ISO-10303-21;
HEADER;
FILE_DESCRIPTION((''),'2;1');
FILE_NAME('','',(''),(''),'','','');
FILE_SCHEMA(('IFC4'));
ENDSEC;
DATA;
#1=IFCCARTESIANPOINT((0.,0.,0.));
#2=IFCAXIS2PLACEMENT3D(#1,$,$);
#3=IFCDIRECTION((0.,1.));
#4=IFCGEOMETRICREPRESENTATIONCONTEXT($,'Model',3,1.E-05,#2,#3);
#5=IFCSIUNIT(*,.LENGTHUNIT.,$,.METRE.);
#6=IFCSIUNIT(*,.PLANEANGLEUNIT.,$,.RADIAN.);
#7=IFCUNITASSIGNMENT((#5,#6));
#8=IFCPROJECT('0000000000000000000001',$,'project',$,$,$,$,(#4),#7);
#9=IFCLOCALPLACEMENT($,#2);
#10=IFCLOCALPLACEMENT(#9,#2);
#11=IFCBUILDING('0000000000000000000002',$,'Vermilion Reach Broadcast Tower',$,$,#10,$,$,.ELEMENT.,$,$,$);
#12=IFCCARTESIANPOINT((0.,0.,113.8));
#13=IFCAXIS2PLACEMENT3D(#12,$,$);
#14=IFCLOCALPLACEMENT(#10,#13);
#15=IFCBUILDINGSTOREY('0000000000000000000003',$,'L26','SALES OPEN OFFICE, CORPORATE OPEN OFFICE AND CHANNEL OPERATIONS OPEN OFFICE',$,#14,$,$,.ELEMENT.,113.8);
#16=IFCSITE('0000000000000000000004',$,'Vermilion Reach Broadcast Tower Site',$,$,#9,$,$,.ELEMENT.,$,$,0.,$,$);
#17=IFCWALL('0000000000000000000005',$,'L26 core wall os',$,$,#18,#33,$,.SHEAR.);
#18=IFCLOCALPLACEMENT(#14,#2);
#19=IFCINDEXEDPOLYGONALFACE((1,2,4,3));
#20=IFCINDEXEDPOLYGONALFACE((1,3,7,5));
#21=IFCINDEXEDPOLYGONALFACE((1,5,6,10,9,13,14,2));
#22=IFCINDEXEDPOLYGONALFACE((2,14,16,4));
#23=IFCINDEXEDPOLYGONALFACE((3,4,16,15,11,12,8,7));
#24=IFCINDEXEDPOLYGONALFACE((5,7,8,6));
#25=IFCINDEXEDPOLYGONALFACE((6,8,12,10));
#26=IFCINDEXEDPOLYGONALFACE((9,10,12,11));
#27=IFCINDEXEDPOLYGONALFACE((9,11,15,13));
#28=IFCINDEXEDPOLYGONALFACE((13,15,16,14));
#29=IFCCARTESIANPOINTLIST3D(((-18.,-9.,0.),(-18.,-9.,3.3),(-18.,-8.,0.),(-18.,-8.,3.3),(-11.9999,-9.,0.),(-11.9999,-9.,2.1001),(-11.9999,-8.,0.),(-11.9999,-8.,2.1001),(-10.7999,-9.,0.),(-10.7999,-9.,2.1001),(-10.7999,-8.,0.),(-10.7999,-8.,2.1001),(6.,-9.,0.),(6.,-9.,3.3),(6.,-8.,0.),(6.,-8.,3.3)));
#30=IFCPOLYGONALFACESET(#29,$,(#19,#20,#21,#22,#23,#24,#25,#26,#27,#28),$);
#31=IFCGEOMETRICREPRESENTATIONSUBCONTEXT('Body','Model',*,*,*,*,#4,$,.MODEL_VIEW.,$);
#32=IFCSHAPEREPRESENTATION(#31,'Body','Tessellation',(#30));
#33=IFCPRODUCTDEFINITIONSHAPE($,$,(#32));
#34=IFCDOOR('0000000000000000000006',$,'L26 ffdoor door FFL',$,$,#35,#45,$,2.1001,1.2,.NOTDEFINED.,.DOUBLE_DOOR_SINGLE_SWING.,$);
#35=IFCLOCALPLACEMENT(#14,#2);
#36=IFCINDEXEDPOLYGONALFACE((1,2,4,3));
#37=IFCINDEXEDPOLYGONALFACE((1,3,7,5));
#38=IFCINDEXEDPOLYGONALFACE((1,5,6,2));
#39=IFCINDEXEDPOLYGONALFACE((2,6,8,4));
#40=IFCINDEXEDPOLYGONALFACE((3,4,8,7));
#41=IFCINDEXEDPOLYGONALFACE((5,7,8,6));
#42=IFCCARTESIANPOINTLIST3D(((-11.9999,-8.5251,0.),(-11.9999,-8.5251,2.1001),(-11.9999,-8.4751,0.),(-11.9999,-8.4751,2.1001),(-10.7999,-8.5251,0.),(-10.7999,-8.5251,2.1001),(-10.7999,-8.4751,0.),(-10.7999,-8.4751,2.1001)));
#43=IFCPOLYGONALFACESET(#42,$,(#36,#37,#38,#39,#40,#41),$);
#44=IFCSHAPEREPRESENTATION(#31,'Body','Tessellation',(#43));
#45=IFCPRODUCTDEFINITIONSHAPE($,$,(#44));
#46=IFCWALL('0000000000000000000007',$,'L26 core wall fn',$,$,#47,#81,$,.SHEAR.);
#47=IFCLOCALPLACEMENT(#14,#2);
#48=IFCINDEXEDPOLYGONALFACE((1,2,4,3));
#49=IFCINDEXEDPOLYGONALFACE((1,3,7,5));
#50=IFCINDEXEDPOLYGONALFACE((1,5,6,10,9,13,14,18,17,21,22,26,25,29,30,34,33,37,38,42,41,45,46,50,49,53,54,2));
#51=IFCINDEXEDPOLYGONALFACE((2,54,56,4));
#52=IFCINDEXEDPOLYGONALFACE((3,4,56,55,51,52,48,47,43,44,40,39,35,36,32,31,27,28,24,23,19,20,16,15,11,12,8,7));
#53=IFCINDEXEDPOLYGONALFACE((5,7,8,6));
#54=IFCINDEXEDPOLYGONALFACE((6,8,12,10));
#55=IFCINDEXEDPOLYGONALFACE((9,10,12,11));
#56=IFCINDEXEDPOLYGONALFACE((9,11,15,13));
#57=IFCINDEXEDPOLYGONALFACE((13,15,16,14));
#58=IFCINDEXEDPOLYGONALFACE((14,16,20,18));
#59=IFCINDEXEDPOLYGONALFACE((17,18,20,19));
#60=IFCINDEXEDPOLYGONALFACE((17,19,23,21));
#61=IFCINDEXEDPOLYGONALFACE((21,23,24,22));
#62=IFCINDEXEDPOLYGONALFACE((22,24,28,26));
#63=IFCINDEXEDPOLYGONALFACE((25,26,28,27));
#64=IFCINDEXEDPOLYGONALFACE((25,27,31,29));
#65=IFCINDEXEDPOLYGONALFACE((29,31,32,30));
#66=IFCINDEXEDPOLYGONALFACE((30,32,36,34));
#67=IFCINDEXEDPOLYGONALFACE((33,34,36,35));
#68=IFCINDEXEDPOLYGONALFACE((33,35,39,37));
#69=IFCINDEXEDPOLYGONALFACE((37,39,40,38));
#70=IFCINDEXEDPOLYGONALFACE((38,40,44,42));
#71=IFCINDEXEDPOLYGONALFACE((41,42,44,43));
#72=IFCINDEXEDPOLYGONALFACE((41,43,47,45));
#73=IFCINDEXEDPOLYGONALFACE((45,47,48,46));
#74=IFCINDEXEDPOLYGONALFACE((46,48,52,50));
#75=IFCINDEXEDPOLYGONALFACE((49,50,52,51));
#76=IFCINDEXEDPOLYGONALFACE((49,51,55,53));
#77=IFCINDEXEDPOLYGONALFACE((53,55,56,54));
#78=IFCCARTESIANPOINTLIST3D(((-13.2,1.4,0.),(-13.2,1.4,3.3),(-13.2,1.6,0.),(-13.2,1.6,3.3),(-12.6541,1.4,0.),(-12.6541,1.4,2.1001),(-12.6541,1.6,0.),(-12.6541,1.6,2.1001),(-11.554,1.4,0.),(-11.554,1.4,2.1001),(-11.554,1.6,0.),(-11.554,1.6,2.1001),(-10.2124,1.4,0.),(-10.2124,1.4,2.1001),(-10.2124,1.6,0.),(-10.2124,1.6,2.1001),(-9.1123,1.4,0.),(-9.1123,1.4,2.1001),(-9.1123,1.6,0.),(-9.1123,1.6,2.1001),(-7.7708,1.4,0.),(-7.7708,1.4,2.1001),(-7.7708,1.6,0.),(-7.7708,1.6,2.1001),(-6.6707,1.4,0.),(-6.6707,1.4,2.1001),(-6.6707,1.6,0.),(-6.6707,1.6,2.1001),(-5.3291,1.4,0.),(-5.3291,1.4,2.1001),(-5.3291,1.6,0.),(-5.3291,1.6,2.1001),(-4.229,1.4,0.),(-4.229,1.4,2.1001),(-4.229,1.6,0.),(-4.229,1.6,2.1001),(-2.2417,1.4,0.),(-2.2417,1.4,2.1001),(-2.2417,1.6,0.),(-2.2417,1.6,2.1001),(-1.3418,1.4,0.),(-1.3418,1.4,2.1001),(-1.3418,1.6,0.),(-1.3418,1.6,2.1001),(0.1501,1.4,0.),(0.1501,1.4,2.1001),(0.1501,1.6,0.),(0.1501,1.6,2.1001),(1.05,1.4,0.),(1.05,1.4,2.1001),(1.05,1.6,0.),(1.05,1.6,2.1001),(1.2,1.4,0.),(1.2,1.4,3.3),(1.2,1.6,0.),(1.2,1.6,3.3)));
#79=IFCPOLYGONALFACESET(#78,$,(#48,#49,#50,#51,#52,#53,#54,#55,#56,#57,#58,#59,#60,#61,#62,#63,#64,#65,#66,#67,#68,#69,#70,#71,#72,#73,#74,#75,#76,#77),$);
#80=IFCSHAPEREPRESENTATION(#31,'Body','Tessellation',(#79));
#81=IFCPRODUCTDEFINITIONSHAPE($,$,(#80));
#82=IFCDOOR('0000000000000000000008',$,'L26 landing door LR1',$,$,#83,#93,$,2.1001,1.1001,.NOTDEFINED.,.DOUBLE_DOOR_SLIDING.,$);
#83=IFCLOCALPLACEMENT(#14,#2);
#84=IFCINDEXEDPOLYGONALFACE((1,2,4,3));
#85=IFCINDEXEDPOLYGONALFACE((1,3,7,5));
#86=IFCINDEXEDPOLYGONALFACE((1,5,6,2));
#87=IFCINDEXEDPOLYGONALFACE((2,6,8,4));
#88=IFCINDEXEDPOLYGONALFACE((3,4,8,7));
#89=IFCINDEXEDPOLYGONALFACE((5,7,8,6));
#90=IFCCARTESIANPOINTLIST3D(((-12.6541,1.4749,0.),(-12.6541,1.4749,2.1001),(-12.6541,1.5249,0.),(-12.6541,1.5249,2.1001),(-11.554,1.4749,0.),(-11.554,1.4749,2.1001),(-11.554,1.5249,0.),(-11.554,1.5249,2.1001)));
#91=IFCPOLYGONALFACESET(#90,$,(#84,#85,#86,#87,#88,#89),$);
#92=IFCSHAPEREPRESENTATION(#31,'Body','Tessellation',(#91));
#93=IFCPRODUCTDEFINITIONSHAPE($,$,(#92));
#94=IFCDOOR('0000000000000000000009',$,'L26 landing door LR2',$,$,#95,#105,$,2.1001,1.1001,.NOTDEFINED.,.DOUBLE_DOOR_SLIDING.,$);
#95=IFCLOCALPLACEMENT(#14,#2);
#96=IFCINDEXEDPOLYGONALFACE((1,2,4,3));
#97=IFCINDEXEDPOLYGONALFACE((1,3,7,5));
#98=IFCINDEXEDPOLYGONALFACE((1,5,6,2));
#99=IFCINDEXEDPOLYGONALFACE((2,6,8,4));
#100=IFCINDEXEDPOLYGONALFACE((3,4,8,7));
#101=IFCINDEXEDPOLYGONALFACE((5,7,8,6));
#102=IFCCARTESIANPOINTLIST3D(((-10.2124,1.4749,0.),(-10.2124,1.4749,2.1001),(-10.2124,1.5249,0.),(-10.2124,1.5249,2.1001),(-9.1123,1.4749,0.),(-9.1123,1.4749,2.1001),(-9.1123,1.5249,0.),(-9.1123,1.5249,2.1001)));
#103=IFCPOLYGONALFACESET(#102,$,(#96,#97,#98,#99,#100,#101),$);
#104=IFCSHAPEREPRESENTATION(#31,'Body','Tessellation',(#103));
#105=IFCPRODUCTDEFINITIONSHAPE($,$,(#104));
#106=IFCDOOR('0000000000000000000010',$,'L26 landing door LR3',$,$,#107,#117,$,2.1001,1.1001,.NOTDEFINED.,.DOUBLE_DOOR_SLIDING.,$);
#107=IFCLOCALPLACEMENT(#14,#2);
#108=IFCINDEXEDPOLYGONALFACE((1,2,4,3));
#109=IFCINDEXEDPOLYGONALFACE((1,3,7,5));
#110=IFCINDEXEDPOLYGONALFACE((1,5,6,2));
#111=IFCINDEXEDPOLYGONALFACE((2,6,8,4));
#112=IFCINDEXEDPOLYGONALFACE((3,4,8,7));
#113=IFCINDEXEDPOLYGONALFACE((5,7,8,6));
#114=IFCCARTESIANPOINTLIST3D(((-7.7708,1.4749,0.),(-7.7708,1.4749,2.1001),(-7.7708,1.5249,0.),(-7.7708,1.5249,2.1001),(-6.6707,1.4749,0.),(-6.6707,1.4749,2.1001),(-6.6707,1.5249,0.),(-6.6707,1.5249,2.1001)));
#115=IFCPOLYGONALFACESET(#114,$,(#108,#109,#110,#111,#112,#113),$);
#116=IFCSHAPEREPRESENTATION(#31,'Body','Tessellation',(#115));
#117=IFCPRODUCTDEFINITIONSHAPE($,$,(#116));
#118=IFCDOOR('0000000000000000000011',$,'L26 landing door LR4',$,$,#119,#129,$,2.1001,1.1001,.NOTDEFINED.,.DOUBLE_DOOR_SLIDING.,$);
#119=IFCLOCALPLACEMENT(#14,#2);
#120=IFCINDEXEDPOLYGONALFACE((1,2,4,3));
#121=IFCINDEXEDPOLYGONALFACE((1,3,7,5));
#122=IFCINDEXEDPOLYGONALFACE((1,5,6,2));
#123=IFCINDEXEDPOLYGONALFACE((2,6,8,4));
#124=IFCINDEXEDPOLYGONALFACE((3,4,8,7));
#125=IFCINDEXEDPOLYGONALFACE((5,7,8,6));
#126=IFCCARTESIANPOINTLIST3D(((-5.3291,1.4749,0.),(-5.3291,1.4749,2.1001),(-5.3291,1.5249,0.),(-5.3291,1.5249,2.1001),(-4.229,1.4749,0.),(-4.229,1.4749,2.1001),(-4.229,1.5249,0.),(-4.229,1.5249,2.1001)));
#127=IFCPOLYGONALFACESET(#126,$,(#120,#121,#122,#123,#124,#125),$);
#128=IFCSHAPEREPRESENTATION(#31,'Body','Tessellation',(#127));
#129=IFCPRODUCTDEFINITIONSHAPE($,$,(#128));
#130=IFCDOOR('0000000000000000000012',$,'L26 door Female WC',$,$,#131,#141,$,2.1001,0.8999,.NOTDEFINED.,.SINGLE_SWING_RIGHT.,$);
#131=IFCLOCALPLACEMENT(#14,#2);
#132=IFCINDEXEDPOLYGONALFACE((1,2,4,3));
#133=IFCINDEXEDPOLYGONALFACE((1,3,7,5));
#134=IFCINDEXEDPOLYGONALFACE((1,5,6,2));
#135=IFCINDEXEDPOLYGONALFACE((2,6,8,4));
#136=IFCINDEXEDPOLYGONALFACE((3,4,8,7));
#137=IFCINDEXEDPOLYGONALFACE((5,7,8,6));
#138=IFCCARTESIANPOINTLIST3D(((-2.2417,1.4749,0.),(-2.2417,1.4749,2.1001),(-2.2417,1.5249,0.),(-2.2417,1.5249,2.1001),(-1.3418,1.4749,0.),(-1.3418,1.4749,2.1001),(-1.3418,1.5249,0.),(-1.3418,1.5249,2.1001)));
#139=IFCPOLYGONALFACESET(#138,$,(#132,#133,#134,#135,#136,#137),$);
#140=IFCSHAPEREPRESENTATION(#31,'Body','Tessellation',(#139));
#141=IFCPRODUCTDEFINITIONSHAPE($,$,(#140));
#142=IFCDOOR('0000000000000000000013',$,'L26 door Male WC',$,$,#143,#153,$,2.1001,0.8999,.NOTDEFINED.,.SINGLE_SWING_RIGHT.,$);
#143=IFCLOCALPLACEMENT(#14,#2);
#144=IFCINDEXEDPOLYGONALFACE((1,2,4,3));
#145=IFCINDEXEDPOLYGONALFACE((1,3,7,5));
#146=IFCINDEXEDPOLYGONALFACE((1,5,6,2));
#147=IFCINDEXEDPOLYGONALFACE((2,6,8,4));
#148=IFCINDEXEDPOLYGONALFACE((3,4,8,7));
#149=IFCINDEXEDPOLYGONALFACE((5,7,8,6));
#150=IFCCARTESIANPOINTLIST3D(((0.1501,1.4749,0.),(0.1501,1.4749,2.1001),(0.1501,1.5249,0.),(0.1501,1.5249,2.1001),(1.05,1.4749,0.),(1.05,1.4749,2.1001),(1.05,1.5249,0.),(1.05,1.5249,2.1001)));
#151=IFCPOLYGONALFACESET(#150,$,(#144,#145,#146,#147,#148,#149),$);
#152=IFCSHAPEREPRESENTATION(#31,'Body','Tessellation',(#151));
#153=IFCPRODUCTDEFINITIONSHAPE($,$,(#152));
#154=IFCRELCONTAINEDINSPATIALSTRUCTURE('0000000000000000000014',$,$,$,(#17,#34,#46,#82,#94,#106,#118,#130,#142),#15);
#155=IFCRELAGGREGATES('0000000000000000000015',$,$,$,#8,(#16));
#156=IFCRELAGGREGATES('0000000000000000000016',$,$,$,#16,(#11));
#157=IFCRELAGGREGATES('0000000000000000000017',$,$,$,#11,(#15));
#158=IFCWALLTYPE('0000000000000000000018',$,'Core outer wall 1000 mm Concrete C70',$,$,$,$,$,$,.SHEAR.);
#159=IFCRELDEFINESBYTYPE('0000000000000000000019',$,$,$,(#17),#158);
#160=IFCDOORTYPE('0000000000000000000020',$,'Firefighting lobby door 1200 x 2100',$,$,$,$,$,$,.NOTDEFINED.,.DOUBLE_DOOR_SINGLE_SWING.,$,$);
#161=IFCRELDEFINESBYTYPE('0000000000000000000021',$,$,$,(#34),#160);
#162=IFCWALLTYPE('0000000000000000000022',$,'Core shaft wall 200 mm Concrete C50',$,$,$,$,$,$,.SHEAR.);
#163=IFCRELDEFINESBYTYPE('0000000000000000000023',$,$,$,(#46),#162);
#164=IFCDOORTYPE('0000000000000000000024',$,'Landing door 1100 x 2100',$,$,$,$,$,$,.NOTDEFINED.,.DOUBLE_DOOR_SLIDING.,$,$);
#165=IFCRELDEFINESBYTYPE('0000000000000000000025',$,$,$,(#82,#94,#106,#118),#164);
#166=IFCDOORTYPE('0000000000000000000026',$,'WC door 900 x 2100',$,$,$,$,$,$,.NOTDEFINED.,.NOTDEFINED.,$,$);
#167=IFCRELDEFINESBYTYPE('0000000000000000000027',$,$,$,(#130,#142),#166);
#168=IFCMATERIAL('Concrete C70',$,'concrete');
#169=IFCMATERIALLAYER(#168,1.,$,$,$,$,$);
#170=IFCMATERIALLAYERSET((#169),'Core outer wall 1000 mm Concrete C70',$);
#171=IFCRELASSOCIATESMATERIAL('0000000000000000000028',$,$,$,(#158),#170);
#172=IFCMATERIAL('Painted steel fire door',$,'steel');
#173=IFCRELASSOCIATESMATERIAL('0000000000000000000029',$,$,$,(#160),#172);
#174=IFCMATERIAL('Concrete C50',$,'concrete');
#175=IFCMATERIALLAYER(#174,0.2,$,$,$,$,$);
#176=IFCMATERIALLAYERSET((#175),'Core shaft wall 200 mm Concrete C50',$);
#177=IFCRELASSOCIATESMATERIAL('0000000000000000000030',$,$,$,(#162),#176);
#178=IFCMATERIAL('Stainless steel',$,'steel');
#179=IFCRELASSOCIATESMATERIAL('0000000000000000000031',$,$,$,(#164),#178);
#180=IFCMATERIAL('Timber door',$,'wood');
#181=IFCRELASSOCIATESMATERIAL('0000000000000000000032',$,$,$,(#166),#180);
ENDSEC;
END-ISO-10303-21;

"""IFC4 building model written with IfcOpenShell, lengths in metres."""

from ifc_helpers import new_model, si_unit, direction, frame, frame_2d, origin, place, context, subcontext, project, spatial, rectangle, extrude, material, layer, layer_set, type_object, element, fill, save


model = new_model("IFC4")

# Units and contexts
model_context = context("Model", 3, precision=1e-05, world=origin(), true_north=direction((0.0, 1.0)))
body_context = subcontext(model_context, "Body", "Model", "MODEL_VIEW")
ifc_project = project(units=[si_unit("LENGTHUNIT", "METRE"), si_unit("PLANEANGLEUNIT", "RADIAN")], contexts=[model_context])

# Site, building, storey
site_placement = place(None, origin())
site = spatial("IfcSite", under=ifc_project, at=site_placement, Name="Vermilion Reach Broadcast Tower Site", CompositionType="ELEMENT", RefElevation=0.0)
building_placement = place(site_placement, origin())
building = spatial("IfcBuilding", under=site, at=building_placement, Name="Vermilion Reach Broadcast Tower", CompositionType="ELEMENT")
storey_placement = place(building_placement, frame((0.0, 0.0, 113.8)))
storey = spatial("IfcBuildingStorey", under=building, at=storey_placement, Name="L26", Description="SALES OPEN OFFICE, CORPORATE OPEN OFFICE AND CHANNEL OPERATIONS OPEN OFFICE", CompositionType="ELEMENT", Elevation=113.8)

# Wall, opening, door
ifc_material_1 = material(Name="Concrete C70", Category="concrete")
ifc_layer_1 = layer(ifc_material_1, 1.0)
ifc_layer_set_1 = layer_set([ifc_layer_1], Name="Core outer wall 1000 mm Concrete C70")
wall_type_1 = type_object("IfcWallType", Name="Core outer wall 1000 mm Concrete C70", PredefinedType="SHEAR", material=ifc_layer_set_1)
wall_1_placement = place(storey_placement, frame((-18.0, -8.5, 0.0), z_axis=(0.0, 0.0, 1.0), x_axis=(1.0, 0.0, 0.0)))
wall_1 = element("IfcWall", 1, at=wall_1_placement, inside=storey, type_object=wall_type_1, Name="L26 core wall os", PredefinedType="SHEAR", context=body_context, shape_type="SweptSolid", body=[
    extrude(rectangle(XDim=24.0, YDim=1.0, at=frame_2d((12.0, 0.0))), origin(), (0.0, 0.0, 1.0), 3.3),
])
opening_1_placement = place(wall_1_placement, frame((6.0, 0.0, 0.0)))
opening_1 = element("IfcOpeningElement", 2, at=opening_1_placement, cuts=wall_1, PredefinedType="OPENING", context=body_context, shape_type="SweptSolid", body=[
    extrude(rectangle(XDim=1.2, YDim=2.1001, at=frame_2d((0.6001, 1.05))), frame((0.0, 0.51, 0.0), z_axis=(0.0, -1.0, 0.0), x_axis=(1.0, 0.0, 0.0)), (0.0, 0.0, 1.0), 1.02),
])
ifc_material_2 = material(Name="Painted steel fire door", Category="steel")
door_type_1 = type_object("IfcDoorType", Name="Firefighting lobby door 1200 x 2100", OperationType="DOUBLE_DOOR_SINGLE_SWING", PredefinedType="NOTDEFINED", material=ifc_material_2)
door_1_placement = place(opening_1_placement, origin())
door_1 = element("IfcDoor", 3, at=door_1_placement, inside=storey, type_object=door_type_1, Name="L26 ffdoor door FFL", OperationType="DOUBLE_DOOR_SINGLE_SWING", OverallHeight=2.1001, OverallWidth=1.2, PredefinedType="NOTDEFINED", context=body_context, shape_type="SweptSolid", body=[
    extrude(rectangle(XDim=1.2, YDim=2.1001, at=frame_2d((0.6001, 1.05))), frame((0.0, 0.0249, 0.0), z_axis=(0.0, -1.0, 0.0), x_axis=(1.0, 0.0, 0.0)), (0.0, 0.0, 1.0), 0.05),
])
fill(opening_1, door_1)

# Wall, openings, doors
ifc_material_3 = material(Name="Concrete C50", Category="concrete")
ifc_layer_2 = layer(ifc_material_3, 0.2)
ifc_layer_set_2 = layer_set([ifc_layer_2], Name="Core shaft wall 200 mm Concrete C50")
wall_type_2 = type_object("IfcWallType", Name="Core shaft wall 200 mm Concrete C50", PredefinedType="SHEAR", material=ifc_layer_set_2)
wall_2_placement = place(storey_placement, frame((-13.2, 1.5, 0.0), z_axis=(0.0, 0.0, 1.0), x_axis=(1.0, 0.0, 0.0)))
wall_2 = element("IfcWall", 4, at=wall_2_placement, inside=storey, type_object=wall_type_2, Name="L26 core wall fn", PredefinedType="SHEAR", context=body_context, shape_type="SweptSolid", body=[
    extrude(rectangle(XDim=14.3999, YDim=0.2, at=frame_2d((7.2, 0.0))), origin(), (0.0, 0.0, 1.0), 3.3),
])
opening_2_placement = place(wall_2_placement, frame((0.5459, 0.0, 0.0)))
opening_2 = element("IfcOpeningElement", 5, at=opening_2_placement, cuts=wall_2, PredefinedType="OPENING", context=body_context, shape_type="SweptSolid", body=[
    extrude(rectangle(XDim=1.1001, YDim=2.1001, at=frame_2d((0.55, 1.05))), frame((0.0, 0.1099, 0.0), z_axis=(0.0, -1.0, 0.0), x_axis=(1.0, 0.0, 0.0)), (0.0, 0.0, 1.0), 0.22),
])
opening_3_placement = place(wall_2_placement, frame((2.9875, 0.0, 0.0)))
opening_3 = element("IfcOpeningElement", 6, at=opening_3_placement, cuts=wall_2, PredefinedType="OPENING", context=body_context, shape_type="SweptSolid", body=[
    extrude(rectangle(XDim=1.1001, YDim=2.1001, at=frame_2d((0.55, 1.05))), frame((0.0, 0.1099, 0.0), z_axis=(0.0, -1.0, 0.0), x_axis=(1.0, 0.0, 0.0)), (0.0, 0.0, 1.0), 0.22),
])
opening_4_placement = place(wall_2_placement, frame((5.4292, 0.0, 0.0)))
opening_4 = element("IfcOpeningElement", 7, at=opening_4_placement, cuts=wall_2, PredefinedType="OPENING", context=body_context, shape_type="SweptSolid", body=[
    extrude(rectangle(XDim=1.1001, YDim=2.1001, at=frame_2d((0.55, 1.05))), frame((0.0, 0.1099, 0.0), z_axis=(0.0, -1.0, 0.0), x_axis=(1.0, 0.0, 0.0)), (0.0, 0.0, 1.0), 0.22),
])
opening_5_placement = place(wall_2_placement, frame((7.8708, 0.0, 0.0)))
opening_5 = element("IfcOpeningElement", 8, at=opening_5_placement, cuts=wall_2, PredefinedType="OPENING", context=body_context, shape_type="SweptSolid", body=[
    extrude(rectangle(XDim=1.1001, YDim=2.1001, at=frame_2d((0.55, 1.05))), frame((0.0, 0.1099, 0.0), z_axis=(0.0, -1.0, 0.0), x_axis=(1.0, 0.0, 0.0)), (0.0, 0.0, 1.0), 0.22),
])
opening_6_placement = place(wall_2_placement, frame((10.9583, 0.0, 0.0)))
opening_6 = element("IfcOpeningElement", 9, at=opening_6_placement, cuts=wall_2, PredefinedType="OPENING", context=body_context, shape_type="SweptSolid", body=[
    extrude(rectangle(XDim=0.8999, YDim=2.1001, at=frame_2d((0.45, 1.05))), frame((0.0, 0.1099, 0.0), z_axis=(0.0, -1.0, 0.0), x_axis=(1.0, 0.0, 0.0)), (0.0, 0.0, 1.0), 0.22),
])
opening_7_placement = place(wall_2_placement, frame((13.3501, 0.0, 0.0)))
opening_7 = element("IfcOpeningElement", 10, at=opening_7_placement, cuts=wall_2, PredefinedType="OPENING", context=body_context, shape_type="SweptSolid", body=[
    extrude(rectangle(XDim=0.8999, YDim=2.1001, at=frame_2d((0.45, 1.05))), frame((0.0, 0.1099, 0.0), z_axis=(0.0, -1.0, 0.0), x_axis=(1.0, 0.0, 0.0)), (0.0, 0.0, 1.0), 0.22),
])
ifc_material_4 = material(Name="Stainless steel", Category="steel")
door_type_2 = type_object("IfcDoorType", Name="Landing door 1100 x 2100", OperationType="DOUBLE_DOOR_SLIDING", PredefinedType="NOTDEFINED", material=ifc_material_4)
door_2_placement = place(opening_2_placement, origin())
door_2 = element("IfcDoor", 11, at=door_2_placement, inside=storey, type_object=door_type_2, Name="L26 landing door LR1", OperationType="DOUBLE_DOOR_SLIDING", OverallHeight=2.1001, OverallWidth=1.1001, PredefinedType="NOTDEFINED", context=body_context, shape_type="SweptSolid", body=[
    extrude(rectangle(XDim=1.1001, YDim=2.1001, at=frame_2d((0.55, 1.05))), frame((0.0, 0.0249, 0.0), z_axis=(0.0, -1.0, 0.0), x_axis=(1.0, 0.0, 0.0)), (0.0, 0.0, 1.0), 0.05),
])
fill(opening_2, door_2)
door_3_placement = place(opening_3_placement, origin())
door_3 = element("IfcDoor", 12, at=door_3_placement, inside=storey, type_object=door_type_2, Name="L26 landing door LR2", OperationType="DOUBLE_DOOR_SLIDING", OverallHeight=2.1001, OverallWidth=1.1001, PredefinedType="NOTDEFINED", context=body_context, shape_type="SweptSolid", body=[
    extrude(rectangle(XDim=1.1001, YDim=2.1001, at=frame_2d((0.55, 1.05))), frame((0.0, 0.0249, 0.0), z_axis=(0.0, -1.0, 0.0), x_axis=(1.0, 0.0, 0.0)), (0.0, 0.0, 1.0), 0.05),
])
fill(opening_3, door_3)
door_4_placement = place(opening_4_placement, origin())
door_4 = element("IfcDoor", 13, at=door_4_placement, inside=storey, type_object=door_type_2, Name="L26 landing door LR3", OperationType="DOUBLE_DOOR_SLIDING", OverallHeight=2.1001, OverallWidth=1.1001, PredefinedType="NOTDEFINED", context=body_context, shape_type="SweptSolid", body=[
    extrude(rectangle(XDim=1.1001, YDim=2.1001, at=frame_2d((0.55, 1.05))), frame((0.0, 0.0249, 0.0), z_axis=(0.0, -1.0, 0.0), x_axis=(1.0, 0.0, 0.0)), (0.0, 0.0, 1.0), 0.05),
])
fill(opening_4, door_4)
door_5_placement = place(opening_5_placement, origin())
door_5 = element("IfcDoor", 14, at=door_5_placement, inside=storey, type_object=door_type_2, Name="L26 landing door LR4", OperationType="DOUBLE_DOOR_SLIDING", OverallHeight=2.1001, OverallWidth=1.1001, PredefinedType="NOTDEFINED", context=body_context, shape_type="SweptSolid", body=[
    extrude(rectangle(XDim=1.1001, YDim=2.1001, at=frame_2d((0.55, 1.05))), frame((0.0, 0.0249, 0.0), z_axis=(0.0, -1.0, 0.0), x_axis=(1.0, 0.0, 0.0)), (0.0, 0.0, 1.0), 0.05),
])
fill(opening_5, door_5)
ifc_material_5 = material(Name="Timber door", Category="wood")
door_type_3 = type_object("IfcDoorType", Name="WC door 900 x 2100", OperationType="NOTDEFINED", PredefinedType="NOTDEFINED", material=ifc_material_5)
door_6_placement = place(opening_6_placement, origin())
door_6 = element("IfcDoor", 15, at=door_6_placement, inside=storey, type_object=door_type_3, Name="L26 door Female WC", OperationType="SINGLE_SWING_RIGHT", OverallHeight=2.1001, OverallWidth=0.8999, PredefinedType="NOTDEFINED", context=body_context, shape_type="SweptSolid", body=[
    extrude(rectangle(XDim=0.8999, YDim=2.1001, at=frame_2d((0.45, 1.05))), frame((0.0, 0.0249, 0.0), z_axis=(0.0, -1.0, 0.0), x_axis=(1.0, 0.0, 0.0)), (0.0, 0.0, 1.0), 0.05),
])
fill(opening_6, door_6)
door_7_placement = place(opening_7_placement, origin())
door_7 = element("IfcDoor", 16, at=door_7_placement, inside=storey, type_object=door_type_3, Name="L26 door Male WC", OperationType="SINGLE_SWING_RIGHT", OverallHeight=2.1001, OverallWidth=0.8999, PredefinedType="NOTDEFINED", context=body_context, shape_type="SweptSolid", body=[
    extrude(rectangle(XDim=0.8999, YDim=2.1001, at=frame_2d((0.45, 1.05))), frame((0.0, 0.0249, 0.0), z_axis=(0.0, -1.0, 0.0), x_axis=(1.0, 0.0, 0.0)), (0.0, 0.0, 1.0), 0.05),
])
fill(opening_7, door_7)

save(model, "model.ifc")
